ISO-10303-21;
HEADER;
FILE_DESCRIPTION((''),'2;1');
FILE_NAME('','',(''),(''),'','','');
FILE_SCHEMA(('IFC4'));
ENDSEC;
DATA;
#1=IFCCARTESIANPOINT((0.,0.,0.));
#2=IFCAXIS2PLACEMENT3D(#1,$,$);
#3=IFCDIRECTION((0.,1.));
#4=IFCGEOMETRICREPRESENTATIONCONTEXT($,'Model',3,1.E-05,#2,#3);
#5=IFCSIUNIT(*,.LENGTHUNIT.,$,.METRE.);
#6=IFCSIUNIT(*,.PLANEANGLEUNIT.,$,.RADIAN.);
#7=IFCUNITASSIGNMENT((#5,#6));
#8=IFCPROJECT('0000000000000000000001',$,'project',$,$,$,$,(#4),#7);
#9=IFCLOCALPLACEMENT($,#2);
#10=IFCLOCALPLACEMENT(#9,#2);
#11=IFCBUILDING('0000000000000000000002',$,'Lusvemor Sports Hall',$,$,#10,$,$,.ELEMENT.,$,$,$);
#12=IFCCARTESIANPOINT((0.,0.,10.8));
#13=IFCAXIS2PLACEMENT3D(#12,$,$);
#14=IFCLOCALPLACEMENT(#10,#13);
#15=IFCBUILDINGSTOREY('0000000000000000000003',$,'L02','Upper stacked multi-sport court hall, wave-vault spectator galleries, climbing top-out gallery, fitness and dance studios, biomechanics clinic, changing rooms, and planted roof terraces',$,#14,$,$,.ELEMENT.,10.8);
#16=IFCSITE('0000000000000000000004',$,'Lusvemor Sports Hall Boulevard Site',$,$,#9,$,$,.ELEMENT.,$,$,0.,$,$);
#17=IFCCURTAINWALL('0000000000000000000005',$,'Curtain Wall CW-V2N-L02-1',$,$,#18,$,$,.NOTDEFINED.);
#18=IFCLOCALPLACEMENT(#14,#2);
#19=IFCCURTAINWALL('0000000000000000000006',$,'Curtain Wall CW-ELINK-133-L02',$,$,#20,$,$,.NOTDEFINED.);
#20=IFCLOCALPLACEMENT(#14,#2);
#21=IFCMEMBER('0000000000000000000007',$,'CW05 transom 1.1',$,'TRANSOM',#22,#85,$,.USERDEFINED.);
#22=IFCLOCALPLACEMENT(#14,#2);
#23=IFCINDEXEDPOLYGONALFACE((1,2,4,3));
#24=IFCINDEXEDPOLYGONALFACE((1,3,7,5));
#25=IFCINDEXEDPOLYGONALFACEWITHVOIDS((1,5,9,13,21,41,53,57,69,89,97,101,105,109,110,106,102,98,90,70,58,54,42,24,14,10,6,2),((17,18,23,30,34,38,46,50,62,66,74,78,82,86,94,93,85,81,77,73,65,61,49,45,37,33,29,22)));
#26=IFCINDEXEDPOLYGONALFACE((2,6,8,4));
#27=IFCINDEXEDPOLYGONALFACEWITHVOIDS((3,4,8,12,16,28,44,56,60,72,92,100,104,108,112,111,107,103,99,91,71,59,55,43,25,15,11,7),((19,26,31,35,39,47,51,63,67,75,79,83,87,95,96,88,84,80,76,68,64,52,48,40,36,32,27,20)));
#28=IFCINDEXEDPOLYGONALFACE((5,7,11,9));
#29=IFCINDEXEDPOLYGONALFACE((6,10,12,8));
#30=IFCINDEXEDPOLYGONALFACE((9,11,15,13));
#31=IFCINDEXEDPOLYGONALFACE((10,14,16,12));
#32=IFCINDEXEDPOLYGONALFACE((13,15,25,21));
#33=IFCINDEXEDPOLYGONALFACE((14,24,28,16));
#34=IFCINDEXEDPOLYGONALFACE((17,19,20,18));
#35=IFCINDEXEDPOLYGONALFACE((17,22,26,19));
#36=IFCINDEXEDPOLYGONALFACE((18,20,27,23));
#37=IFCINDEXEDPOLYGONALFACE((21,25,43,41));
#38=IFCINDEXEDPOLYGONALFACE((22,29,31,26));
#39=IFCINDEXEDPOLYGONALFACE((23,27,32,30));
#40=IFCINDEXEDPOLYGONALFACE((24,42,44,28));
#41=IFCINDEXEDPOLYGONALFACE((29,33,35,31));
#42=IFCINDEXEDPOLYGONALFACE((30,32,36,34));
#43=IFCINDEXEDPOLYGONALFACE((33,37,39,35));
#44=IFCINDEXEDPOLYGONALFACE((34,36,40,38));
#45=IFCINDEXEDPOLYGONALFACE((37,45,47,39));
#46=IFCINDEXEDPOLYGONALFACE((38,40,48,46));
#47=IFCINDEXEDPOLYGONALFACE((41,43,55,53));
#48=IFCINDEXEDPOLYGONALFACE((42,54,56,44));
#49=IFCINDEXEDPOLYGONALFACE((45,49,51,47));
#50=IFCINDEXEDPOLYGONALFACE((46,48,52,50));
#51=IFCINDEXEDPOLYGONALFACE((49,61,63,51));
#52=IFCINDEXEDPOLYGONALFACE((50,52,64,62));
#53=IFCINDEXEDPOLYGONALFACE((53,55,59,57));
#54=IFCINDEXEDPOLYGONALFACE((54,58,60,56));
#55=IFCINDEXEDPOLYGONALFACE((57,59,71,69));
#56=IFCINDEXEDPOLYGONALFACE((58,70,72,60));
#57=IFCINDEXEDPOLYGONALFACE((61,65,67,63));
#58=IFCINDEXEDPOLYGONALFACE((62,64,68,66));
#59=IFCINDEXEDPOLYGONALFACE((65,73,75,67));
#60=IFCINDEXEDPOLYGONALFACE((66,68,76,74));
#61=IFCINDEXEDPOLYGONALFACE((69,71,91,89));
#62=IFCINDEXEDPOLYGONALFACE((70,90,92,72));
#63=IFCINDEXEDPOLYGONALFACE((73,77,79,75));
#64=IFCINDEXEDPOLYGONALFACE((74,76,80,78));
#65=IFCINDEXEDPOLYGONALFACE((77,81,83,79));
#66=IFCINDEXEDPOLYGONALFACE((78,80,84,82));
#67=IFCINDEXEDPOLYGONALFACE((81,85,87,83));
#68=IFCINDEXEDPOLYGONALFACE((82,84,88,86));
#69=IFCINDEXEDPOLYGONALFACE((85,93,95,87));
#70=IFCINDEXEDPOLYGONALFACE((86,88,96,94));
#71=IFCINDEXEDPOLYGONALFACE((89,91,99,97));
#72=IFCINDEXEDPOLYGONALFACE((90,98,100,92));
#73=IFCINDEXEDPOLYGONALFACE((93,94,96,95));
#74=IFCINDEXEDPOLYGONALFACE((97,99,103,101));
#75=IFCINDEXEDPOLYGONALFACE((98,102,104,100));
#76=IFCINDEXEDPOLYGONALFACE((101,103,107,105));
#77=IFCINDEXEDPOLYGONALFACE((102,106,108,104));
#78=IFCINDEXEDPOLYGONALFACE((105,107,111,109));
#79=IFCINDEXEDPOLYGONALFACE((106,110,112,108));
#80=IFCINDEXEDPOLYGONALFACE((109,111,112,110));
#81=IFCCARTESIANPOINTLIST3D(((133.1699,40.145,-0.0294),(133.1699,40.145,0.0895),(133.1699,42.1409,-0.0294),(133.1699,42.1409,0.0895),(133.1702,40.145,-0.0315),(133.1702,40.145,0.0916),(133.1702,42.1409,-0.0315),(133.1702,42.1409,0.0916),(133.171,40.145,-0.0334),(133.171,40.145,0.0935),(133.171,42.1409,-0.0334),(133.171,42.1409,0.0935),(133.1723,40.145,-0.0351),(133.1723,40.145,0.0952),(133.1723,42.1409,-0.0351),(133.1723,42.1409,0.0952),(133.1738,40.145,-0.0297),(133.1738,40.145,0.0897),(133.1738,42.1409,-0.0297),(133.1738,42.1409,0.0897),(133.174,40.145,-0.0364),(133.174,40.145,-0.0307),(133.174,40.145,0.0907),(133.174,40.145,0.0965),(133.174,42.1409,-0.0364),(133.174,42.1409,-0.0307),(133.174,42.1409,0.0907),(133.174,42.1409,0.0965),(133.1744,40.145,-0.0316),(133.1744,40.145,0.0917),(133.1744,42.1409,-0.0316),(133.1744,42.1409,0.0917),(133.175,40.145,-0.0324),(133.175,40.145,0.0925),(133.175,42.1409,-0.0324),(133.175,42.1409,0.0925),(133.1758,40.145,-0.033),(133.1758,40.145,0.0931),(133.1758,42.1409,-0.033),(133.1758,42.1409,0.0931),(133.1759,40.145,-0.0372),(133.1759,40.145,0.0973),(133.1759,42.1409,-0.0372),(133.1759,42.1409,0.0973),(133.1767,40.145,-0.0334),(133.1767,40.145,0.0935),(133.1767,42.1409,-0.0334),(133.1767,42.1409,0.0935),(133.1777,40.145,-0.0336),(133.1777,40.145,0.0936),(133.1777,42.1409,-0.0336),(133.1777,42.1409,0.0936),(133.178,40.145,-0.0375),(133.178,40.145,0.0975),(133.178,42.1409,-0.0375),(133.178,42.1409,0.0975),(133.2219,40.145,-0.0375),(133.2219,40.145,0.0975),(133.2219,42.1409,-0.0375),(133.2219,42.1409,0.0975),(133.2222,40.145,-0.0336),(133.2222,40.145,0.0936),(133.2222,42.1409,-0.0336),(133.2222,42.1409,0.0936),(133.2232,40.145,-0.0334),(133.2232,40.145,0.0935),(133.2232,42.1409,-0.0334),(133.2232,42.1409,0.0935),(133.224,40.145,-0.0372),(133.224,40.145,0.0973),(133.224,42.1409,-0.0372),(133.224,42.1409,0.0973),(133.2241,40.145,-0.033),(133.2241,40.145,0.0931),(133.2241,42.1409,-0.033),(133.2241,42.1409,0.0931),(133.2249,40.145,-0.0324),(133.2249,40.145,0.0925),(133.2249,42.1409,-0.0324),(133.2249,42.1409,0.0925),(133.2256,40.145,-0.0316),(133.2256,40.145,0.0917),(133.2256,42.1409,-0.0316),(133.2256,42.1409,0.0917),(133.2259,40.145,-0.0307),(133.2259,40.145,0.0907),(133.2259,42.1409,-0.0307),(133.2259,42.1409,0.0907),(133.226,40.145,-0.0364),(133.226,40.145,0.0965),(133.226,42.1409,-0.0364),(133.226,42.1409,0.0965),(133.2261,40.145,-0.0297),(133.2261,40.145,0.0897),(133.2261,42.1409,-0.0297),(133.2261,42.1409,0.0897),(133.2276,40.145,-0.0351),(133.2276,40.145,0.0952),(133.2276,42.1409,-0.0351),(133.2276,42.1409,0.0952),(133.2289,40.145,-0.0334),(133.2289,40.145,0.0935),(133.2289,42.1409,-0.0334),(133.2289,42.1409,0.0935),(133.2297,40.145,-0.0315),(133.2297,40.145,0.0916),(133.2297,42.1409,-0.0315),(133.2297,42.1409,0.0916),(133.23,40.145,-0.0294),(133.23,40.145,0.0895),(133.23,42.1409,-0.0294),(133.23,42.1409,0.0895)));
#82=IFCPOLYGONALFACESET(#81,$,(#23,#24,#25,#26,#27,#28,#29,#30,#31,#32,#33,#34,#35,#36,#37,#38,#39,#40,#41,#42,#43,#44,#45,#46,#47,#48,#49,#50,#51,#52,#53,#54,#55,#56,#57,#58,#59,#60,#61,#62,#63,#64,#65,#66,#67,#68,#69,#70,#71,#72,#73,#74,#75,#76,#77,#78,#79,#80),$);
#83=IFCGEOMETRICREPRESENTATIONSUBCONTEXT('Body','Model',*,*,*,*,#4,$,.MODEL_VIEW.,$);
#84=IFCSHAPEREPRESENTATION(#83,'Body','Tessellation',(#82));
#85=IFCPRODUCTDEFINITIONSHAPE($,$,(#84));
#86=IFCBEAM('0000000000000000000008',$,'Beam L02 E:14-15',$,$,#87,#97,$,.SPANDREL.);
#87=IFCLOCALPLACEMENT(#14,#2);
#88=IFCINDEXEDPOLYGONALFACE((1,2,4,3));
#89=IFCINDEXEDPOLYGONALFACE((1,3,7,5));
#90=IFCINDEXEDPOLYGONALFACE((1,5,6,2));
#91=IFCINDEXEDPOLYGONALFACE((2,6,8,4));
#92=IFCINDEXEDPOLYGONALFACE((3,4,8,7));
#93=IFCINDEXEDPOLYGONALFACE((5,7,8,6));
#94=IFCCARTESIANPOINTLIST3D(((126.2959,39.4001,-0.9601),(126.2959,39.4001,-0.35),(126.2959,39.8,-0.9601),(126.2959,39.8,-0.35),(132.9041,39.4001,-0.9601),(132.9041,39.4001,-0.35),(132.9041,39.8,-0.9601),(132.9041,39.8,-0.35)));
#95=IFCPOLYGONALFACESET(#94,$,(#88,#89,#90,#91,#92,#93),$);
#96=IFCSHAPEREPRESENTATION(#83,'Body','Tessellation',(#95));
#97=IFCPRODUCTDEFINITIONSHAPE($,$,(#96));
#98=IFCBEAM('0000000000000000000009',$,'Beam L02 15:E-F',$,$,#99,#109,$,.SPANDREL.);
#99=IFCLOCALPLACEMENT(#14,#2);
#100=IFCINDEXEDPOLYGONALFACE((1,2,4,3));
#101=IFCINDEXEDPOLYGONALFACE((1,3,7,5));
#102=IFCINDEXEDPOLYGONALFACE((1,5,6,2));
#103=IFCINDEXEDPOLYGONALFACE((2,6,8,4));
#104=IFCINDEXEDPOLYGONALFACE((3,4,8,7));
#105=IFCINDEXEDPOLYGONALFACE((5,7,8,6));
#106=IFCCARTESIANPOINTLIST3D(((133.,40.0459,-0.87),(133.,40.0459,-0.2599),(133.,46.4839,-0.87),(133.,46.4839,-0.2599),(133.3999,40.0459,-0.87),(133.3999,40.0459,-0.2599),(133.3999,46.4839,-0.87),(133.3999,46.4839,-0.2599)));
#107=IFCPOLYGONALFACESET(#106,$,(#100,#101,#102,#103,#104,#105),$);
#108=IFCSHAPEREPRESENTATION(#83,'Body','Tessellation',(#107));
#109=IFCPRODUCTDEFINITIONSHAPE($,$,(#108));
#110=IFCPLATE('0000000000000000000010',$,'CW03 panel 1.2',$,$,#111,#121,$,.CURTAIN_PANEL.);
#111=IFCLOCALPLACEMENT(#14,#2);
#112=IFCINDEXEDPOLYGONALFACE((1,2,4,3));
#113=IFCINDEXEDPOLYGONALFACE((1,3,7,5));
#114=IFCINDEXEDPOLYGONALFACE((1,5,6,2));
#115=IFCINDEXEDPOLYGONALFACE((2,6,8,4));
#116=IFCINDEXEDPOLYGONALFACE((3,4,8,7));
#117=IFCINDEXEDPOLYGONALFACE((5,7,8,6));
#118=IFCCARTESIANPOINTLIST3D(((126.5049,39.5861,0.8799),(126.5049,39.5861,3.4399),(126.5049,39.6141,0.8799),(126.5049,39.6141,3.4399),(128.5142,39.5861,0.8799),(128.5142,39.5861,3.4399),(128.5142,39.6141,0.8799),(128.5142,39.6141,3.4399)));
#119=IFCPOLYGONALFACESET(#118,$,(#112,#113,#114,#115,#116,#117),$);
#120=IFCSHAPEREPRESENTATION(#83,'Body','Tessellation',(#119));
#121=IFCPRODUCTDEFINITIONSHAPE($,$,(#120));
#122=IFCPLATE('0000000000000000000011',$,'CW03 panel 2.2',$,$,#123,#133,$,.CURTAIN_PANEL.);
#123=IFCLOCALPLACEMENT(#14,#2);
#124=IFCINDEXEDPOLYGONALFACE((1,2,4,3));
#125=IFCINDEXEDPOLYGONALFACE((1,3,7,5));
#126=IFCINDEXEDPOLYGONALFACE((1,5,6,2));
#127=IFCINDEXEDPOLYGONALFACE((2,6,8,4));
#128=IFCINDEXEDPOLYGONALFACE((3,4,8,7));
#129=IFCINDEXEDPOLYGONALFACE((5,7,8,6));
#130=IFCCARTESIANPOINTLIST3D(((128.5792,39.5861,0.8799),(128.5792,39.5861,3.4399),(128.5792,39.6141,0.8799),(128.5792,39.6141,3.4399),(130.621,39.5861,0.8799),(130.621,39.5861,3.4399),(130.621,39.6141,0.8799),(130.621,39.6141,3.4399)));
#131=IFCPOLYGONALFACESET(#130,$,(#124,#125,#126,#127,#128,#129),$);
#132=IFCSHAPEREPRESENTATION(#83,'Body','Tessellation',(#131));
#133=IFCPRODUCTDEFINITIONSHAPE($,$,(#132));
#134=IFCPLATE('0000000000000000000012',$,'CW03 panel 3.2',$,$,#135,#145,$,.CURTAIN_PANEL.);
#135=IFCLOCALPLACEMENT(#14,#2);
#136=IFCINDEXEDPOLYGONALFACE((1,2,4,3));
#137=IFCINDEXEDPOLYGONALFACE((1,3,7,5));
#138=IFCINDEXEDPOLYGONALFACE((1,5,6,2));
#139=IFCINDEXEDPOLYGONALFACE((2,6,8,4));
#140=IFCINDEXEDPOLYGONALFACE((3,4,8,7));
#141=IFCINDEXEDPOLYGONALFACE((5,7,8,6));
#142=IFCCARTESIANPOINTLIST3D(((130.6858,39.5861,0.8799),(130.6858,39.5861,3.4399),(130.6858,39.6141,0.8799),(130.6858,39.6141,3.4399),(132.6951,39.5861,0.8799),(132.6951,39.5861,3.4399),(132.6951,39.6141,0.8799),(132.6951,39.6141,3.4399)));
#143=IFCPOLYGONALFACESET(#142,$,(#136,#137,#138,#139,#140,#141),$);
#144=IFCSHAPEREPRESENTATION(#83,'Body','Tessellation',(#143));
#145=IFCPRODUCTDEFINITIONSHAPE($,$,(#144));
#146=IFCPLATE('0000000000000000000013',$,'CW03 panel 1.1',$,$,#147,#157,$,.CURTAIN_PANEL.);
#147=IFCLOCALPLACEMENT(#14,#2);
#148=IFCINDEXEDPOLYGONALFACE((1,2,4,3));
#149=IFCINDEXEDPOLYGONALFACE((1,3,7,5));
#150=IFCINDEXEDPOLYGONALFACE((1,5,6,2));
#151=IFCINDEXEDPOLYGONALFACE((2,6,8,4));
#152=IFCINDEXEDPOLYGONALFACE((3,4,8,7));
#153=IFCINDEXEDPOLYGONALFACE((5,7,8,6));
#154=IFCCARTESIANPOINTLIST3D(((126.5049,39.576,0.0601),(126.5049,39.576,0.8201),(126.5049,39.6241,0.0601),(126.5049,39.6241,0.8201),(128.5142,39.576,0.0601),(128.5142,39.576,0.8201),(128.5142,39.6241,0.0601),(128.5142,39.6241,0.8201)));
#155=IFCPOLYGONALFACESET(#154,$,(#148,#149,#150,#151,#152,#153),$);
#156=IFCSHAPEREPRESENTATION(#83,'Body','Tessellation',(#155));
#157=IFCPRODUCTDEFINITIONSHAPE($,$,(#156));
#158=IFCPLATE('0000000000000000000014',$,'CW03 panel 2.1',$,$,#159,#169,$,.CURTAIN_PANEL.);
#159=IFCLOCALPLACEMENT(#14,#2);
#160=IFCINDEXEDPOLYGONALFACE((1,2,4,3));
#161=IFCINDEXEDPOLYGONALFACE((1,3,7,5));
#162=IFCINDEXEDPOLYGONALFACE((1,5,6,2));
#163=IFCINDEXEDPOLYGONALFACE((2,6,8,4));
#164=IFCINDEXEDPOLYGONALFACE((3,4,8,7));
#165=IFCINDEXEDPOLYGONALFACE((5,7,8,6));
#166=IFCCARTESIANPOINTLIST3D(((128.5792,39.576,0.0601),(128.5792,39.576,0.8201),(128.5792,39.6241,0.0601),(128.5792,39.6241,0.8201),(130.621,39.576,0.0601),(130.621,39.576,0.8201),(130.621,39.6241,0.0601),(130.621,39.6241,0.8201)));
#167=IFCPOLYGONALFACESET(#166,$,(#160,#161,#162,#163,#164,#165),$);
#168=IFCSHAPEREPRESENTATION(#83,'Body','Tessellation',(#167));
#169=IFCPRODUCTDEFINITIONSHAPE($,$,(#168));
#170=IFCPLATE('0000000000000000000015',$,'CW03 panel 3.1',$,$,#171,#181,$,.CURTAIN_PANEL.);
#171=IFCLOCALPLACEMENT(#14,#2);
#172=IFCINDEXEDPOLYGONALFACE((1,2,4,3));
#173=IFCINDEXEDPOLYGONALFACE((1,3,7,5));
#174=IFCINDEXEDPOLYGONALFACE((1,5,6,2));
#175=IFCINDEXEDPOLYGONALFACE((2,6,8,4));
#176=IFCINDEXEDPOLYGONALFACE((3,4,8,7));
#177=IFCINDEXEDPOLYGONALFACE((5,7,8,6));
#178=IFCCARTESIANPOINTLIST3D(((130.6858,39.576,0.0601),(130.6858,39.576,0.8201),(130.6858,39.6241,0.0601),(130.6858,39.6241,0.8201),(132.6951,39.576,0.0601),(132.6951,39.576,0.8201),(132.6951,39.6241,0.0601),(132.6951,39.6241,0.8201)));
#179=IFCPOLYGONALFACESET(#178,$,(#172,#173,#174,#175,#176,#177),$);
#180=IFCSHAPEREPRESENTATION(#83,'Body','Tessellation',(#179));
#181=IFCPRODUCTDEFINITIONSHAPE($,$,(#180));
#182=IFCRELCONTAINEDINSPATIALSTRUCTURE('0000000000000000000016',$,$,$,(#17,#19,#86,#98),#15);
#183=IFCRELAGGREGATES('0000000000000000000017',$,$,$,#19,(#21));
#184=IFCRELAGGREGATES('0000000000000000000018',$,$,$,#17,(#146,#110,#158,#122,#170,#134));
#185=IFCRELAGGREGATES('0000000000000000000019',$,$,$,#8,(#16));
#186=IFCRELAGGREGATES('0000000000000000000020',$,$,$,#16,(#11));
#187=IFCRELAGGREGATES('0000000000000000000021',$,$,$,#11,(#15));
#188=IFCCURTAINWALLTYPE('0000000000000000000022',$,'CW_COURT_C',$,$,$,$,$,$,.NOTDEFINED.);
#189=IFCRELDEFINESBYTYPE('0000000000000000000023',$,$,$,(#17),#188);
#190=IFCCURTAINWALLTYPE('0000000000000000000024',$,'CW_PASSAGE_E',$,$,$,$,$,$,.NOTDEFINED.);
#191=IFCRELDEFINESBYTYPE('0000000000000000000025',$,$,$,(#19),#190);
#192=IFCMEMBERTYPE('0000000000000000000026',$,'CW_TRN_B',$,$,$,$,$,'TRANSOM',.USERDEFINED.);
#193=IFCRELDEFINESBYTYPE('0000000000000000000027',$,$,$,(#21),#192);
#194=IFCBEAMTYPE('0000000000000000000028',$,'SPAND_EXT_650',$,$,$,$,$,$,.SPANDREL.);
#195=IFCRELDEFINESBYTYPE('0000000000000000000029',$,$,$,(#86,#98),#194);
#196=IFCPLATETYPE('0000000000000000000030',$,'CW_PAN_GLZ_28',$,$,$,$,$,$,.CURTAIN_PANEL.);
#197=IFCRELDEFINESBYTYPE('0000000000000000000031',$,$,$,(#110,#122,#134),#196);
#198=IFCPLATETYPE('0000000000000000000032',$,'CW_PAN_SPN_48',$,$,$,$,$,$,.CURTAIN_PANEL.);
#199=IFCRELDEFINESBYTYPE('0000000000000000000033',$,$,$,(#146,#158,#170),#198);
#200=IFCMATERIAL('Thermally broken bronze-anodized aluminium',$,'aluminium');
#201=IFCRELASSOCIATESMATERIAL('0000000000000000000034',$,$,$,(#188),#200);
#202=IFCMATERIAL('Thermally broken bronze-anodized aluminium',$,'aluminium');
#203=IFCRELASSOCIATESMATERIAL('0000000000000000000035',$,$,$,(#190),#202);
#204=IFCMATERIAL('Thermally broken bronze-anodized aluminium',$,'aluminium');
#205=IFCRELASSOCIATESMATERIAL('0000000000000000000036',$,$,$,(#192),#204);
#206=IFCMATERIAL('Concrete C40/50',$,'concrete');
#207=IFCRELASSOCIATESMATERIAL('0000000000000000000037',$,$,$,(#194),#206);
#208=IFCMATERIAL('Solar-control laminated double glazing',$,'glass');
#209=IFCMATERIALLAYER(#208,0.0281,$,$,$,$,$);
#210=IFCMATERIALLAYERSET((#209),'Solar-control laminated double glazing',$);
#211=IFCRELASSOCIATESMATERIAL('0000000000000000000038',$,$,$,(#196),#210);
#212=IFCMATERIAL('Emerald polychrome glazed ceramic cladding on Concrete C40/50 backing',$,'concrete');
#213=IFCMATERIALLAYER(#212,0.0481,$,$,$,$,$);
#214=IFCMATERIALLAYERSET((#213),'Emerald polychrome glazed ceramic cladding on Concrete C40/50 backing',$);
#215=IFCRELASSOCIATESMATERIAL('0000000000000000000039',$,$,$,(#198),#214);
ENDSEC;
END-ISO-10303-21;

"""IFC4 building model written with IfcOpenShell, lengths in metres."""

from ifc_helpers import new_model, si_unit, direction, frame, origin, origin_2d, place, context, subcontext, project, spatial, rectangle, hollow_rectangle, extrude, material, layer, layer_set, material_profile, profile_set, type_object, element, aggregate, save


model = new_model("IFC4")

# Units and contexts
model_context = context("Model", 3, precision=1e-05, world=origin(), true_north=direction((0.0, 1.0)))
body_context = subcontext(model_context, "Body", "Model", "MODEL_VIEW")
ifc_project = project(units=[si_unit("LENGTHUNIT", "METRE"), si_unit("PLANEANGLEUNIT", "RADIAN")], contexts=[model_context])

# Site, building, storey
site_placement = place(None, origin())
site = spatial("IfcSite", under=ifc_project, at=site_placement, Name="Lusvemor Sports Hall Boulevard Site", CompositionType="ELEMENT", RefElevation=0.0)
building_placement = place(site_placement, origin())
building = spatial("IfcBuilding", under=site, at=building_placement, Name="Lusvemor Sports Hall", CompositionType="ELEMENT")
storey_placement = place(building_placement, frame((0.0, 0.0, 10.8)))
storey = spatial("IfcBuildingStorey", under=building, at=storey_placement, Name="L02", Description="Upper stacked multi-sport court hall, wave-vault spectator galleries, climbing top-out gallery, fitness and dance studios, biomechanics clinic, changing rooms, and planted roof terraces", CompositionType="ELEMENT", Elevation=10.8)

# Curtain wall
ifc_material_1 = material(Name="Thermally broken bronze-anodized aluminium", Category="aluminium")
curtain_wall_type_1 = type_object("IfcCurtainWallType", Name="CW_COURT_C", PredefinedType="NOTDEFINED", material=ifc_material_1)
curtain_wall_1_placement = place(storey_placement, origin())
curtain_wall_1 = element("IfcCurtainWall", 1, at=curtain_wall_1_placement, inside=storey, type_object=curtain_wall_type_1, Name="Curtain Wall CW-V2N-L02-1", PredefinedType="NOTDEFINED")

# Curtain wall
ifc_material_2 = material(Name="Thermally broken bronze-anodized aluminium", Category="aluminium")
curtain_wall_type_2 = type_object("IfcCurtainWallType", Name="CW_PASSAGE_E", PredefinedType="NOTDEFINED", material=ifc_material_2)
curtain_wall_2_placement = place(storey_placement, origin())
curtain_wall_2 = element("IfcCurtainWall", 2, at=curtain_wall_2_placement, inside=storey, type_object=curtain_wall_type_2, Name="Curtain Wall CW-ELINK-133-L02", PredefinedType="NOTDEFINED")

# Member
ifc_material_3 = material(Name="Thermally broken bronze-anodized aluminium", Category="aluminium")
ifc_material_profile_1 = material_profile(ifc_material_3, hollow_rectangle(XDim=0.0601, YDim=0.135, WallThickness=0.0039, InnerFilletRadius=0.0039, OuterFilletRadius=0.0081, at=origin_2d()), Name="CWTRN135x60x4")
ifc_profile_set_1 = profile_set([ifc_material_profile_1], Name="Thermally broken bronze-anodized aluminium")
member_type_1 = type_object("IfcMemberType", Name="CW_TRN_B", ElementType="TRANSOM", PredefinedType="USERDEFINED", material=ifc_profile_set_1)
member_1_placement = place(storey_placement, frame((133.2, 40.145, 0.03), z_axis=(0.0, 1.0, 0.0), x_axis=(-1.0, 0.0, 0.0)))
member_1 = element("IfcMember", 3, at=member_1_placement, type_object=member_type_1, Name="CW05 transom 1.1", ObjectType="TRANSOM", PredefinedType="USERDEFINED", context=body_context, shape_type="SweptSolid", body=[
    extrude(hollow_rectangle(XDim=0.0601, YDim=0.135, WallThickness=0.0039, InnerFilletRadius=0.0039, OuterFilletRadius=0.0081, at=origin_2d()), origin(), (0.0, 0.0, 1.0), 1.9958),
])
aggregate(curtain_wall_2, [member_1])

# Beams
ifc_material_4 = material(Name="Concrete C40/50", Category="concrete")
ifc_material_profile_2 = material_profile(ifc_material_4, rectangle(XDim=0.3999, YDim=0.6101, at=origin_2d()), Name="RC400x610")
ifc_profile_set_2 = profile_set([ifc_material_profile_2], Name="Concrete C40/50")
beam_type = type_object("IfcBeamType", Name="SPAND_EXT_650", PredefinedType="SPANDREL", material=ifc_profile_set_2)
beam_1_placement = place(storey_placement, frame((126.2959, 39.6001, -0.655), z_axis=(1.0, 0.0, 0.0), x_axis=(0.0, 1.0, 0.0)))
element("IfcBeam", 4, at=beam_1_placement, inside=storey, type_object=beam_type, Name="Beam L02 E:14-15", PredefinedType="SPANDREL", context=body_context, shape_type="SweptSolid", body=[
    extrude(rectangle(XDim=0.3999, YDim=0.6101, at=origin_2d()), origin(), (0.0, 0.0, 1.0), 6.6082),
])
beam_2_placement = place(storey_placement, frame((133.2, 40.0459, -0.5649), z_axis=(0.0, 1.0, 0.0), x_axis=(-1.0, 0.0, 0.0)))
element("IfcBeam", 5, at=beam_2_placement, inside=storey, type_object=beam_type, Name="Beam L02 15:E-F", PredefinedType="SPANDREL", context=body_context, shape_type="SweptSolid", body=[
    extrude(rectangle(XDim=0.3999, YDim=0.6101, at=origin_2d()), origin(), (0.0, 0.0, 1.0), 6.438),
])

# Plates
ifc_material_5 = material(Name="Solar-control laminated double glazing", Category="glass")
ifc_layer_1 = layer(ifc_material_5, 0.0281)
ifc_layer_set_1 = layer_set([ifc_layer_1], Name="Solar-control laminated double glazing")
plate_type_1 = type_object("IfcPlateType", Name="CW_PAN_GLZ_28", PredefinedType="CURTAIN_PANEL", material=ifc_layer_set_1)
plate_1_placement = place(storey_placement, frame((127.5095, 39.6001, 0.8799), z_axis=(0.0, 0.0, 1.0), x_axis=(1.0, 0.0, 0.0)))
plate_1 = element("IfcPlate", 6, at=plate_1_placement, type_object=plate_type_1, Name="CW03 panel 1.2", PredefinedType="CURTAIN_PANEL", context=body_context, shape_type="SweptSolid", body=[
    extrude(rectangle(XDim=2.0093, YDim=0.0281, at=origin_2d()), origin(), (0.0, 0.0, 1.0), 2.5601),
])
plate_2_placement = place(storey_placement, frame((129.6001, 39.6001, 0.8799), z_axis=(0.0, 0.0, 1.0), x_axis=(1.0, 0.0, 0.0)))
plate_2 = element("IfcPlate", 7, at=plate_2_placement, type_object=plate_type_1, Name="CW03 panel 2.2", PredefinedType="CURTAIN_PANEL", context=body_context, shape_type="SweptSolid", body=[
    extrude(rectangle(XDim=2.0417, YDim=0.0281, at=origin_2d()), origin(), (0.0, 0.0, 1.0), 2.5601),
])
plate_3_placement = place(storey_placement, frame((131.6904, 39.6001, 0.8799), z_axis=(0.0, 0.0, 1.0), x_axis=(1.0, 0.0, 0.0)))
plate_3 = element("IfcPlate", 8, at=plate_3_placement, type_object=plate_type_1, Name="CW03 panel 3.2", PredefinedType="CURTAIN_PANEL", context=body_context, shape_type="SweptSolid", body=[
    extrude(rectangle(XDim=2.0093, YDim=0.0281, at=origin_2d()), origin(), (0.0, 0.0, 1.0), 2.5601),
])
ifc_material_6 = material(Name="Emerald polychrome glazed ceramic cladding on Concrete C40/50 backing", Category="concrete")
ifc_layer_2 = layer(ifc_material_6, 0.0481)
ifc_layer_set_2 = layer_set([ifc_layer_2], Name="Emerald polychrome glazed ceramic cladding on Concrete C40/50 backing")
plate_type_2 = type_object("IfcPlateType", Name="CW_PAN_SPN_48", PredefinedType="CURTAIN_PANEL", material=ifc_layer_set_2)
plate_4_placement = place(storey_placement, frame((127.5095, 39.6001, 0.0601), z_axis=(0.0, 0.0, 1.0), x_axis=(1.0, 0.0, 0.0)))
plate_4 = element("IfcPlate", 9, at=plate_4_placement, type_object=plate_type_2, Name="CW03 panel 1.1", PredefinedType="CURTAIN_PANEL", context=body_context, shape_type="SweptSolid", body=[
    extrude(rectangle(XDim=2.0093, YDim=0.0481, at=origin_2d()), origin(), (0.0, 0.0, 1.0), 0.76),
])
plate_5_placement = place(storey_placement, frame((129.6001, 39.6001, 0.0601), z_axis=(0.0, 0.0, 1.0), x_axis=(1.0, 0.0, 0.0)))
plate_5 = element("IfcPlate", 10, at=plate_5_placement, type_object=plate_type_2, Name="CW03 panel 2.1", PredefinedType="CURTAIN_PANEL", context=body_context, shape_type="SweptSolid", body=[
    extrude(rectangle(XDim=2.0417, YDim=0.0481, at=origin_2d()), origin(), (0.0, 0.0, 1.0), 0.76),
])
plate_6_placement = place(storey_placement, frame((131.6904, 39.6001, 0.0601), z_axis=(0.0, 0.0, 1.0), x_axis=(1.0, 0.0, 0.0)))
plate_6 = element("IfcPlate", 11, at=plate_6_placement, type_object=plate_type_2, Name="CW03 panel 3.1", PredefinedType="CURTAIN_PANEL", context=body_context, shape_type="SweptSolid", body=[
    extrude(rectangle(XDim=2.0093, YDim=0.0481, at=origin_2d()), origin(), (0.0, 0.0, 1.0), 0.76),
])
aggregate(curtain_wall_1, [plate_4, plate_1, plate_5, plate_2, plate_6, plate_3])

save(model, "model.ifc")
